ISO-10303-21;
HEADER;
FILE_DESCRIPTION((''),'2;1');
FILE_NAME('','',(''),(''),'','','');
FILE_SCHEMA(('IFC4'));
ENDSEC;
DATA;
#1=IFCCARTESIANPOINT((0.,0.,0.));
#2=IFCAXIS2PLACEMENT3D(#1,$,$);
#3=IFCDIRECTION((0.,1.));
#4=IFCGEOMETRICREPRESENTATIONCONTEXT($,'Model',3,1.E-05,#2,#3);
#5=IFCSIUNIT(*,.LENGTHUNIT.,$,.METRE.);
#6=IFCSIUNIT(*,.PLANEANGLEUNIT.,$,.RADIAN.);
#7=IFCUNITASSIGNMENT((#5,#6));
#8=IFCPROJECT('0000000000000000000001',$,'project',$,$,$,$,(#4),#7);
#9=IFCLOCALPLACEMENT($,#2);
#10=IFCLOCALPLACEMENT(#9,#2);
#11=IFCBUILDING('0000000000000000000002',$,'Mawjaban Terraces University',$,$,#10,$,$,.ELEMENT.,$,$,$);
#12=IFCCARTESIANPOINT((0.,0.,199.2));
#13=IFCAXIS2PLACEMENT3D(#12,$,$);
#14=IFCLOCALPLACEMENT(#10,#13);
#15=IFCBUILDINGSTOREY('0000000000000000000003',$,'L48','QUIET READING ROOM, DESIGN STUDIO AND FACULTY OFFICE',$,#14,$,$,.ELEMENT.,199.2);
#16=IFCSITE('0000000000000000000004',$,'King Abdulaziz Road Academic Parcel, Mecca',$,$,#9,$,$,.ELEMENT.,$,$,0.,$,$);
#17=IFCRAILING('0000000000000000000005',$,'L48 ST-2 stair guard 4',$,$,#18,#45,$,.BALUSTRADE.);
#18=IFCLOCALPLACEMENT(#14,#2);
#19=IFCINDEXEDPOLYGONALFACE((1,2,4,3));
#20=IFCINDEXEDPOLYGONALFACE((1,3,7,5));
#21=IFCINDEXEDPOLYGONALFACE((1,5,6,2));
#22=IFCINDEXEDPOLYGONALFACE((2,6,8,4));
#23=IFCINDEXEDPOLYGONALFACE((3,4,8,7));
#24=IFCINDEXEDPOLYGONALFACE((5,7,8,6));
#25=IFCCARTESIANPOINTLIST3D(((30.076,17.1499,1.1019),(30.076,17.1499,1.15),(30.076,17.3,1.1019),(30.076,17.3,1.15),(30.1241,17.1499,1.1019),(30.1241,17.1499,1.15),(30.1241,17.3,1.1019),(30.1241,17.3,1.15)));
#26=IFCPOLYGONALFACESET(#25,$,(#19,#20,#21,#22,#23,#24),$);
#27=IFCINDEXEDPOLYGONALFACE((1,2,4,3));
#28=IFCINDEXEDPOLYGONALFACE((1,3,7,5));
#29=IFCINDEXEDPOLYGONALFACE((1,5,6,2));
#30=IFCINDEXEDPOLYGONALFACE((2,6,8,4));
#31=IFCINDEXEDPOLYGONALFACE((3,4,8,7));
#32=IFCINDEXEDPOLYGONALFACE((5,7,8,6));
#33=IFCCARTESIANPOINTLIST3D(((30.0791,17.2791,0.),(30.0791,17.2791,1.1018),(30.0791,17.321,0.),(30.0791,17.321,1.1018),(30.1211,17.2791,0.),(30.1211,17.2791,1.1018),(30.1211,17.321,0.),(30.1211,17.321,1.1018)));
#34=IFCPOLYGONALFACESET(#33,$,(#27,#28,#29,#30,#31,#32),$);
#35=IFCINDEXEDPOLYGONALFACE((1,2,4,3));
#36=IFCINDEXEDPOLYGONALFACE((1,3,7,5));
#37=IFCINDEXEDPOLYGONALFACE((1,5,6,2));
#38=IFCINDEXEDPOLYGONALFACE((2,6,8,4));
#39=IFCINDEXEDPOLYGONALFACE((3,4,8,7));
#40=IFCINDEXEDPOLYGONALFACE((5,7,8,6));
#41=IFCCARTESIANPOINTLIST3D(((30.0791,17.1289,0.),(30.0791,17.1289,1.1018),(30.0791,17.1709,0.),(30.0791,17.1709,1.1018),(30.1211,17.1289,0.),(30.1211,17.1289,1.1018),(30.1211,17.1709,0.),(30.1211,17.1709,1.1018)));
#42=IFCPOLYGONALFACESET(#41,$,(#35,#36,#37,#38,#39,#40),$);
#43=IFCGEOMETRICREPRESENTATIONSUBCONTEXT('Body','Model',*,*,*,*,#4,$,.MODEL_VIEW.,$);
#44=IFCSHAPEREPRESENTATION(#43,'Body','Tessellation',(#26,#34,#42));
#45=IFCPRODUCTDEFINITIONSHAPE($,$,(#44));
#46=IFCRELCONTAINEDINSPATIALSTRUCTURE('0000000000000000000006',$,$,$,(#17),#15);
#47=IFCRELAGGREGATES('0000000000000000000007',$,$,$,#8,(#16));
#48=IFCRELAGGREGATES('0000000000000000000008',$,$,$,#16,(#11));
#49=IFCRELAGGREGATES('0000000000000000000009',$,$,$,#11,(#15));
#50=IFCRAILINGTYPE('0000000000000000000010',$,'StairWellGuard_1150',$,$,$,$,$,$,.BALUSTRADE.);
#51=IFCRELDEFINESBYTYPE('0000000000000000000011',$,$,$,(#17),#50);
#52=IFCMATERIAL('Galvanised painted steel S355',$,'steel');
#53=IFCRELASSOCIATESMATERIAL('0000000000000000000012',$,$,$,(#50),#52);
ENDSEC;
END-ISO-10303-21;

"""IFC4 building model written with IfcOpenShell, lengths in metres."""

from ifc_helpers import new_model, si_unit, direction, frame, origin, origin_2d, place, context, subcontext, project, spatial, rectangle, extrude, material, type_object, element, save


model = new_model("IFC4")

# Units and contexts
model_context = context("Model", 3, precision=1e-05, world=origin(), true_north=direction((0.0, 1.0)))
body_context = subcontext(model_context, "Body", "Model", "MODEL_VIEW")
ifc_project = project(units=[si_unit("LENGTHUNIT", "METRE"), si_unit("PLANEANGLEUNIT", "RADIAN")], contexts=[model_context])

# Site, building, storey
site_placement = place(None, origin())
site = spatial("IfcSite", under=ifc_project, at=site_placement, Name="King Abdulaziz Road Academic Parcel, Mecca", CompositionType="ELEMENT", RefElevation=0.0)
building_placement = place(site_placement, origin())
building = spatial("IfcBuilding", under=site, at=building_placement, Name="Mawjaban Terraces University", CompositionType="ELEMENT")
storey_placement = place(building_placement, frame((0.0, 0.0, 199.2)))
storey = spatial("IfcBuildingStorey", under=building, at=storey_placement, Name="L48", Description="QUIET READING ROOM, DESIGN STUDIO AND FACULTY OFFICE", CompositionType="ELEMENT", Elevation=199.2)

# Railing
ifc_material_1 = material(Name="Galvanised painted steel S355", Category="steel")
railing_type_1 = type_object("IfcRailingType", Name="StairWellGuard_1150", PredefinedType="BALUSTRADE", material=ifc_material_1)
railing_1_placement = place(storey_placement, frame((30.1001, 17.3, 0.0)))
element("IfcRailing", 1, at=railing_1_placement, inside=storey, type_object=railing_type_1, Name="L48 ST-2 stair guard 4", PredefinedType="BALUSTRADE", context=body_context, shape_type="SweptSolid", body=[
    extrude(rectangle(XDim=0.0481, YDim=0.0481, at=origin_2d()), frame((0.0, 0.0, 1.126), z_axis=(0.0, -1.0, 0.0), x_axis=(1.0, 0.0, 0.0)), (0.0, 0.0, 1.0), 0.1501),
    extrude(rectangle(XDim=0.042, YDim=0.042, at=origin_2d()), origin(), (0.0, 0.0, 1.0), 1.1018),
    extrude(rectangle(XDim=0.042, YDim=0.042, at=origin_2d()), frame((0.0, -0.1501, 0.0)), (0.0, 0.0, 1.0), 1.1018),
])

save(model, "model.ifc")
